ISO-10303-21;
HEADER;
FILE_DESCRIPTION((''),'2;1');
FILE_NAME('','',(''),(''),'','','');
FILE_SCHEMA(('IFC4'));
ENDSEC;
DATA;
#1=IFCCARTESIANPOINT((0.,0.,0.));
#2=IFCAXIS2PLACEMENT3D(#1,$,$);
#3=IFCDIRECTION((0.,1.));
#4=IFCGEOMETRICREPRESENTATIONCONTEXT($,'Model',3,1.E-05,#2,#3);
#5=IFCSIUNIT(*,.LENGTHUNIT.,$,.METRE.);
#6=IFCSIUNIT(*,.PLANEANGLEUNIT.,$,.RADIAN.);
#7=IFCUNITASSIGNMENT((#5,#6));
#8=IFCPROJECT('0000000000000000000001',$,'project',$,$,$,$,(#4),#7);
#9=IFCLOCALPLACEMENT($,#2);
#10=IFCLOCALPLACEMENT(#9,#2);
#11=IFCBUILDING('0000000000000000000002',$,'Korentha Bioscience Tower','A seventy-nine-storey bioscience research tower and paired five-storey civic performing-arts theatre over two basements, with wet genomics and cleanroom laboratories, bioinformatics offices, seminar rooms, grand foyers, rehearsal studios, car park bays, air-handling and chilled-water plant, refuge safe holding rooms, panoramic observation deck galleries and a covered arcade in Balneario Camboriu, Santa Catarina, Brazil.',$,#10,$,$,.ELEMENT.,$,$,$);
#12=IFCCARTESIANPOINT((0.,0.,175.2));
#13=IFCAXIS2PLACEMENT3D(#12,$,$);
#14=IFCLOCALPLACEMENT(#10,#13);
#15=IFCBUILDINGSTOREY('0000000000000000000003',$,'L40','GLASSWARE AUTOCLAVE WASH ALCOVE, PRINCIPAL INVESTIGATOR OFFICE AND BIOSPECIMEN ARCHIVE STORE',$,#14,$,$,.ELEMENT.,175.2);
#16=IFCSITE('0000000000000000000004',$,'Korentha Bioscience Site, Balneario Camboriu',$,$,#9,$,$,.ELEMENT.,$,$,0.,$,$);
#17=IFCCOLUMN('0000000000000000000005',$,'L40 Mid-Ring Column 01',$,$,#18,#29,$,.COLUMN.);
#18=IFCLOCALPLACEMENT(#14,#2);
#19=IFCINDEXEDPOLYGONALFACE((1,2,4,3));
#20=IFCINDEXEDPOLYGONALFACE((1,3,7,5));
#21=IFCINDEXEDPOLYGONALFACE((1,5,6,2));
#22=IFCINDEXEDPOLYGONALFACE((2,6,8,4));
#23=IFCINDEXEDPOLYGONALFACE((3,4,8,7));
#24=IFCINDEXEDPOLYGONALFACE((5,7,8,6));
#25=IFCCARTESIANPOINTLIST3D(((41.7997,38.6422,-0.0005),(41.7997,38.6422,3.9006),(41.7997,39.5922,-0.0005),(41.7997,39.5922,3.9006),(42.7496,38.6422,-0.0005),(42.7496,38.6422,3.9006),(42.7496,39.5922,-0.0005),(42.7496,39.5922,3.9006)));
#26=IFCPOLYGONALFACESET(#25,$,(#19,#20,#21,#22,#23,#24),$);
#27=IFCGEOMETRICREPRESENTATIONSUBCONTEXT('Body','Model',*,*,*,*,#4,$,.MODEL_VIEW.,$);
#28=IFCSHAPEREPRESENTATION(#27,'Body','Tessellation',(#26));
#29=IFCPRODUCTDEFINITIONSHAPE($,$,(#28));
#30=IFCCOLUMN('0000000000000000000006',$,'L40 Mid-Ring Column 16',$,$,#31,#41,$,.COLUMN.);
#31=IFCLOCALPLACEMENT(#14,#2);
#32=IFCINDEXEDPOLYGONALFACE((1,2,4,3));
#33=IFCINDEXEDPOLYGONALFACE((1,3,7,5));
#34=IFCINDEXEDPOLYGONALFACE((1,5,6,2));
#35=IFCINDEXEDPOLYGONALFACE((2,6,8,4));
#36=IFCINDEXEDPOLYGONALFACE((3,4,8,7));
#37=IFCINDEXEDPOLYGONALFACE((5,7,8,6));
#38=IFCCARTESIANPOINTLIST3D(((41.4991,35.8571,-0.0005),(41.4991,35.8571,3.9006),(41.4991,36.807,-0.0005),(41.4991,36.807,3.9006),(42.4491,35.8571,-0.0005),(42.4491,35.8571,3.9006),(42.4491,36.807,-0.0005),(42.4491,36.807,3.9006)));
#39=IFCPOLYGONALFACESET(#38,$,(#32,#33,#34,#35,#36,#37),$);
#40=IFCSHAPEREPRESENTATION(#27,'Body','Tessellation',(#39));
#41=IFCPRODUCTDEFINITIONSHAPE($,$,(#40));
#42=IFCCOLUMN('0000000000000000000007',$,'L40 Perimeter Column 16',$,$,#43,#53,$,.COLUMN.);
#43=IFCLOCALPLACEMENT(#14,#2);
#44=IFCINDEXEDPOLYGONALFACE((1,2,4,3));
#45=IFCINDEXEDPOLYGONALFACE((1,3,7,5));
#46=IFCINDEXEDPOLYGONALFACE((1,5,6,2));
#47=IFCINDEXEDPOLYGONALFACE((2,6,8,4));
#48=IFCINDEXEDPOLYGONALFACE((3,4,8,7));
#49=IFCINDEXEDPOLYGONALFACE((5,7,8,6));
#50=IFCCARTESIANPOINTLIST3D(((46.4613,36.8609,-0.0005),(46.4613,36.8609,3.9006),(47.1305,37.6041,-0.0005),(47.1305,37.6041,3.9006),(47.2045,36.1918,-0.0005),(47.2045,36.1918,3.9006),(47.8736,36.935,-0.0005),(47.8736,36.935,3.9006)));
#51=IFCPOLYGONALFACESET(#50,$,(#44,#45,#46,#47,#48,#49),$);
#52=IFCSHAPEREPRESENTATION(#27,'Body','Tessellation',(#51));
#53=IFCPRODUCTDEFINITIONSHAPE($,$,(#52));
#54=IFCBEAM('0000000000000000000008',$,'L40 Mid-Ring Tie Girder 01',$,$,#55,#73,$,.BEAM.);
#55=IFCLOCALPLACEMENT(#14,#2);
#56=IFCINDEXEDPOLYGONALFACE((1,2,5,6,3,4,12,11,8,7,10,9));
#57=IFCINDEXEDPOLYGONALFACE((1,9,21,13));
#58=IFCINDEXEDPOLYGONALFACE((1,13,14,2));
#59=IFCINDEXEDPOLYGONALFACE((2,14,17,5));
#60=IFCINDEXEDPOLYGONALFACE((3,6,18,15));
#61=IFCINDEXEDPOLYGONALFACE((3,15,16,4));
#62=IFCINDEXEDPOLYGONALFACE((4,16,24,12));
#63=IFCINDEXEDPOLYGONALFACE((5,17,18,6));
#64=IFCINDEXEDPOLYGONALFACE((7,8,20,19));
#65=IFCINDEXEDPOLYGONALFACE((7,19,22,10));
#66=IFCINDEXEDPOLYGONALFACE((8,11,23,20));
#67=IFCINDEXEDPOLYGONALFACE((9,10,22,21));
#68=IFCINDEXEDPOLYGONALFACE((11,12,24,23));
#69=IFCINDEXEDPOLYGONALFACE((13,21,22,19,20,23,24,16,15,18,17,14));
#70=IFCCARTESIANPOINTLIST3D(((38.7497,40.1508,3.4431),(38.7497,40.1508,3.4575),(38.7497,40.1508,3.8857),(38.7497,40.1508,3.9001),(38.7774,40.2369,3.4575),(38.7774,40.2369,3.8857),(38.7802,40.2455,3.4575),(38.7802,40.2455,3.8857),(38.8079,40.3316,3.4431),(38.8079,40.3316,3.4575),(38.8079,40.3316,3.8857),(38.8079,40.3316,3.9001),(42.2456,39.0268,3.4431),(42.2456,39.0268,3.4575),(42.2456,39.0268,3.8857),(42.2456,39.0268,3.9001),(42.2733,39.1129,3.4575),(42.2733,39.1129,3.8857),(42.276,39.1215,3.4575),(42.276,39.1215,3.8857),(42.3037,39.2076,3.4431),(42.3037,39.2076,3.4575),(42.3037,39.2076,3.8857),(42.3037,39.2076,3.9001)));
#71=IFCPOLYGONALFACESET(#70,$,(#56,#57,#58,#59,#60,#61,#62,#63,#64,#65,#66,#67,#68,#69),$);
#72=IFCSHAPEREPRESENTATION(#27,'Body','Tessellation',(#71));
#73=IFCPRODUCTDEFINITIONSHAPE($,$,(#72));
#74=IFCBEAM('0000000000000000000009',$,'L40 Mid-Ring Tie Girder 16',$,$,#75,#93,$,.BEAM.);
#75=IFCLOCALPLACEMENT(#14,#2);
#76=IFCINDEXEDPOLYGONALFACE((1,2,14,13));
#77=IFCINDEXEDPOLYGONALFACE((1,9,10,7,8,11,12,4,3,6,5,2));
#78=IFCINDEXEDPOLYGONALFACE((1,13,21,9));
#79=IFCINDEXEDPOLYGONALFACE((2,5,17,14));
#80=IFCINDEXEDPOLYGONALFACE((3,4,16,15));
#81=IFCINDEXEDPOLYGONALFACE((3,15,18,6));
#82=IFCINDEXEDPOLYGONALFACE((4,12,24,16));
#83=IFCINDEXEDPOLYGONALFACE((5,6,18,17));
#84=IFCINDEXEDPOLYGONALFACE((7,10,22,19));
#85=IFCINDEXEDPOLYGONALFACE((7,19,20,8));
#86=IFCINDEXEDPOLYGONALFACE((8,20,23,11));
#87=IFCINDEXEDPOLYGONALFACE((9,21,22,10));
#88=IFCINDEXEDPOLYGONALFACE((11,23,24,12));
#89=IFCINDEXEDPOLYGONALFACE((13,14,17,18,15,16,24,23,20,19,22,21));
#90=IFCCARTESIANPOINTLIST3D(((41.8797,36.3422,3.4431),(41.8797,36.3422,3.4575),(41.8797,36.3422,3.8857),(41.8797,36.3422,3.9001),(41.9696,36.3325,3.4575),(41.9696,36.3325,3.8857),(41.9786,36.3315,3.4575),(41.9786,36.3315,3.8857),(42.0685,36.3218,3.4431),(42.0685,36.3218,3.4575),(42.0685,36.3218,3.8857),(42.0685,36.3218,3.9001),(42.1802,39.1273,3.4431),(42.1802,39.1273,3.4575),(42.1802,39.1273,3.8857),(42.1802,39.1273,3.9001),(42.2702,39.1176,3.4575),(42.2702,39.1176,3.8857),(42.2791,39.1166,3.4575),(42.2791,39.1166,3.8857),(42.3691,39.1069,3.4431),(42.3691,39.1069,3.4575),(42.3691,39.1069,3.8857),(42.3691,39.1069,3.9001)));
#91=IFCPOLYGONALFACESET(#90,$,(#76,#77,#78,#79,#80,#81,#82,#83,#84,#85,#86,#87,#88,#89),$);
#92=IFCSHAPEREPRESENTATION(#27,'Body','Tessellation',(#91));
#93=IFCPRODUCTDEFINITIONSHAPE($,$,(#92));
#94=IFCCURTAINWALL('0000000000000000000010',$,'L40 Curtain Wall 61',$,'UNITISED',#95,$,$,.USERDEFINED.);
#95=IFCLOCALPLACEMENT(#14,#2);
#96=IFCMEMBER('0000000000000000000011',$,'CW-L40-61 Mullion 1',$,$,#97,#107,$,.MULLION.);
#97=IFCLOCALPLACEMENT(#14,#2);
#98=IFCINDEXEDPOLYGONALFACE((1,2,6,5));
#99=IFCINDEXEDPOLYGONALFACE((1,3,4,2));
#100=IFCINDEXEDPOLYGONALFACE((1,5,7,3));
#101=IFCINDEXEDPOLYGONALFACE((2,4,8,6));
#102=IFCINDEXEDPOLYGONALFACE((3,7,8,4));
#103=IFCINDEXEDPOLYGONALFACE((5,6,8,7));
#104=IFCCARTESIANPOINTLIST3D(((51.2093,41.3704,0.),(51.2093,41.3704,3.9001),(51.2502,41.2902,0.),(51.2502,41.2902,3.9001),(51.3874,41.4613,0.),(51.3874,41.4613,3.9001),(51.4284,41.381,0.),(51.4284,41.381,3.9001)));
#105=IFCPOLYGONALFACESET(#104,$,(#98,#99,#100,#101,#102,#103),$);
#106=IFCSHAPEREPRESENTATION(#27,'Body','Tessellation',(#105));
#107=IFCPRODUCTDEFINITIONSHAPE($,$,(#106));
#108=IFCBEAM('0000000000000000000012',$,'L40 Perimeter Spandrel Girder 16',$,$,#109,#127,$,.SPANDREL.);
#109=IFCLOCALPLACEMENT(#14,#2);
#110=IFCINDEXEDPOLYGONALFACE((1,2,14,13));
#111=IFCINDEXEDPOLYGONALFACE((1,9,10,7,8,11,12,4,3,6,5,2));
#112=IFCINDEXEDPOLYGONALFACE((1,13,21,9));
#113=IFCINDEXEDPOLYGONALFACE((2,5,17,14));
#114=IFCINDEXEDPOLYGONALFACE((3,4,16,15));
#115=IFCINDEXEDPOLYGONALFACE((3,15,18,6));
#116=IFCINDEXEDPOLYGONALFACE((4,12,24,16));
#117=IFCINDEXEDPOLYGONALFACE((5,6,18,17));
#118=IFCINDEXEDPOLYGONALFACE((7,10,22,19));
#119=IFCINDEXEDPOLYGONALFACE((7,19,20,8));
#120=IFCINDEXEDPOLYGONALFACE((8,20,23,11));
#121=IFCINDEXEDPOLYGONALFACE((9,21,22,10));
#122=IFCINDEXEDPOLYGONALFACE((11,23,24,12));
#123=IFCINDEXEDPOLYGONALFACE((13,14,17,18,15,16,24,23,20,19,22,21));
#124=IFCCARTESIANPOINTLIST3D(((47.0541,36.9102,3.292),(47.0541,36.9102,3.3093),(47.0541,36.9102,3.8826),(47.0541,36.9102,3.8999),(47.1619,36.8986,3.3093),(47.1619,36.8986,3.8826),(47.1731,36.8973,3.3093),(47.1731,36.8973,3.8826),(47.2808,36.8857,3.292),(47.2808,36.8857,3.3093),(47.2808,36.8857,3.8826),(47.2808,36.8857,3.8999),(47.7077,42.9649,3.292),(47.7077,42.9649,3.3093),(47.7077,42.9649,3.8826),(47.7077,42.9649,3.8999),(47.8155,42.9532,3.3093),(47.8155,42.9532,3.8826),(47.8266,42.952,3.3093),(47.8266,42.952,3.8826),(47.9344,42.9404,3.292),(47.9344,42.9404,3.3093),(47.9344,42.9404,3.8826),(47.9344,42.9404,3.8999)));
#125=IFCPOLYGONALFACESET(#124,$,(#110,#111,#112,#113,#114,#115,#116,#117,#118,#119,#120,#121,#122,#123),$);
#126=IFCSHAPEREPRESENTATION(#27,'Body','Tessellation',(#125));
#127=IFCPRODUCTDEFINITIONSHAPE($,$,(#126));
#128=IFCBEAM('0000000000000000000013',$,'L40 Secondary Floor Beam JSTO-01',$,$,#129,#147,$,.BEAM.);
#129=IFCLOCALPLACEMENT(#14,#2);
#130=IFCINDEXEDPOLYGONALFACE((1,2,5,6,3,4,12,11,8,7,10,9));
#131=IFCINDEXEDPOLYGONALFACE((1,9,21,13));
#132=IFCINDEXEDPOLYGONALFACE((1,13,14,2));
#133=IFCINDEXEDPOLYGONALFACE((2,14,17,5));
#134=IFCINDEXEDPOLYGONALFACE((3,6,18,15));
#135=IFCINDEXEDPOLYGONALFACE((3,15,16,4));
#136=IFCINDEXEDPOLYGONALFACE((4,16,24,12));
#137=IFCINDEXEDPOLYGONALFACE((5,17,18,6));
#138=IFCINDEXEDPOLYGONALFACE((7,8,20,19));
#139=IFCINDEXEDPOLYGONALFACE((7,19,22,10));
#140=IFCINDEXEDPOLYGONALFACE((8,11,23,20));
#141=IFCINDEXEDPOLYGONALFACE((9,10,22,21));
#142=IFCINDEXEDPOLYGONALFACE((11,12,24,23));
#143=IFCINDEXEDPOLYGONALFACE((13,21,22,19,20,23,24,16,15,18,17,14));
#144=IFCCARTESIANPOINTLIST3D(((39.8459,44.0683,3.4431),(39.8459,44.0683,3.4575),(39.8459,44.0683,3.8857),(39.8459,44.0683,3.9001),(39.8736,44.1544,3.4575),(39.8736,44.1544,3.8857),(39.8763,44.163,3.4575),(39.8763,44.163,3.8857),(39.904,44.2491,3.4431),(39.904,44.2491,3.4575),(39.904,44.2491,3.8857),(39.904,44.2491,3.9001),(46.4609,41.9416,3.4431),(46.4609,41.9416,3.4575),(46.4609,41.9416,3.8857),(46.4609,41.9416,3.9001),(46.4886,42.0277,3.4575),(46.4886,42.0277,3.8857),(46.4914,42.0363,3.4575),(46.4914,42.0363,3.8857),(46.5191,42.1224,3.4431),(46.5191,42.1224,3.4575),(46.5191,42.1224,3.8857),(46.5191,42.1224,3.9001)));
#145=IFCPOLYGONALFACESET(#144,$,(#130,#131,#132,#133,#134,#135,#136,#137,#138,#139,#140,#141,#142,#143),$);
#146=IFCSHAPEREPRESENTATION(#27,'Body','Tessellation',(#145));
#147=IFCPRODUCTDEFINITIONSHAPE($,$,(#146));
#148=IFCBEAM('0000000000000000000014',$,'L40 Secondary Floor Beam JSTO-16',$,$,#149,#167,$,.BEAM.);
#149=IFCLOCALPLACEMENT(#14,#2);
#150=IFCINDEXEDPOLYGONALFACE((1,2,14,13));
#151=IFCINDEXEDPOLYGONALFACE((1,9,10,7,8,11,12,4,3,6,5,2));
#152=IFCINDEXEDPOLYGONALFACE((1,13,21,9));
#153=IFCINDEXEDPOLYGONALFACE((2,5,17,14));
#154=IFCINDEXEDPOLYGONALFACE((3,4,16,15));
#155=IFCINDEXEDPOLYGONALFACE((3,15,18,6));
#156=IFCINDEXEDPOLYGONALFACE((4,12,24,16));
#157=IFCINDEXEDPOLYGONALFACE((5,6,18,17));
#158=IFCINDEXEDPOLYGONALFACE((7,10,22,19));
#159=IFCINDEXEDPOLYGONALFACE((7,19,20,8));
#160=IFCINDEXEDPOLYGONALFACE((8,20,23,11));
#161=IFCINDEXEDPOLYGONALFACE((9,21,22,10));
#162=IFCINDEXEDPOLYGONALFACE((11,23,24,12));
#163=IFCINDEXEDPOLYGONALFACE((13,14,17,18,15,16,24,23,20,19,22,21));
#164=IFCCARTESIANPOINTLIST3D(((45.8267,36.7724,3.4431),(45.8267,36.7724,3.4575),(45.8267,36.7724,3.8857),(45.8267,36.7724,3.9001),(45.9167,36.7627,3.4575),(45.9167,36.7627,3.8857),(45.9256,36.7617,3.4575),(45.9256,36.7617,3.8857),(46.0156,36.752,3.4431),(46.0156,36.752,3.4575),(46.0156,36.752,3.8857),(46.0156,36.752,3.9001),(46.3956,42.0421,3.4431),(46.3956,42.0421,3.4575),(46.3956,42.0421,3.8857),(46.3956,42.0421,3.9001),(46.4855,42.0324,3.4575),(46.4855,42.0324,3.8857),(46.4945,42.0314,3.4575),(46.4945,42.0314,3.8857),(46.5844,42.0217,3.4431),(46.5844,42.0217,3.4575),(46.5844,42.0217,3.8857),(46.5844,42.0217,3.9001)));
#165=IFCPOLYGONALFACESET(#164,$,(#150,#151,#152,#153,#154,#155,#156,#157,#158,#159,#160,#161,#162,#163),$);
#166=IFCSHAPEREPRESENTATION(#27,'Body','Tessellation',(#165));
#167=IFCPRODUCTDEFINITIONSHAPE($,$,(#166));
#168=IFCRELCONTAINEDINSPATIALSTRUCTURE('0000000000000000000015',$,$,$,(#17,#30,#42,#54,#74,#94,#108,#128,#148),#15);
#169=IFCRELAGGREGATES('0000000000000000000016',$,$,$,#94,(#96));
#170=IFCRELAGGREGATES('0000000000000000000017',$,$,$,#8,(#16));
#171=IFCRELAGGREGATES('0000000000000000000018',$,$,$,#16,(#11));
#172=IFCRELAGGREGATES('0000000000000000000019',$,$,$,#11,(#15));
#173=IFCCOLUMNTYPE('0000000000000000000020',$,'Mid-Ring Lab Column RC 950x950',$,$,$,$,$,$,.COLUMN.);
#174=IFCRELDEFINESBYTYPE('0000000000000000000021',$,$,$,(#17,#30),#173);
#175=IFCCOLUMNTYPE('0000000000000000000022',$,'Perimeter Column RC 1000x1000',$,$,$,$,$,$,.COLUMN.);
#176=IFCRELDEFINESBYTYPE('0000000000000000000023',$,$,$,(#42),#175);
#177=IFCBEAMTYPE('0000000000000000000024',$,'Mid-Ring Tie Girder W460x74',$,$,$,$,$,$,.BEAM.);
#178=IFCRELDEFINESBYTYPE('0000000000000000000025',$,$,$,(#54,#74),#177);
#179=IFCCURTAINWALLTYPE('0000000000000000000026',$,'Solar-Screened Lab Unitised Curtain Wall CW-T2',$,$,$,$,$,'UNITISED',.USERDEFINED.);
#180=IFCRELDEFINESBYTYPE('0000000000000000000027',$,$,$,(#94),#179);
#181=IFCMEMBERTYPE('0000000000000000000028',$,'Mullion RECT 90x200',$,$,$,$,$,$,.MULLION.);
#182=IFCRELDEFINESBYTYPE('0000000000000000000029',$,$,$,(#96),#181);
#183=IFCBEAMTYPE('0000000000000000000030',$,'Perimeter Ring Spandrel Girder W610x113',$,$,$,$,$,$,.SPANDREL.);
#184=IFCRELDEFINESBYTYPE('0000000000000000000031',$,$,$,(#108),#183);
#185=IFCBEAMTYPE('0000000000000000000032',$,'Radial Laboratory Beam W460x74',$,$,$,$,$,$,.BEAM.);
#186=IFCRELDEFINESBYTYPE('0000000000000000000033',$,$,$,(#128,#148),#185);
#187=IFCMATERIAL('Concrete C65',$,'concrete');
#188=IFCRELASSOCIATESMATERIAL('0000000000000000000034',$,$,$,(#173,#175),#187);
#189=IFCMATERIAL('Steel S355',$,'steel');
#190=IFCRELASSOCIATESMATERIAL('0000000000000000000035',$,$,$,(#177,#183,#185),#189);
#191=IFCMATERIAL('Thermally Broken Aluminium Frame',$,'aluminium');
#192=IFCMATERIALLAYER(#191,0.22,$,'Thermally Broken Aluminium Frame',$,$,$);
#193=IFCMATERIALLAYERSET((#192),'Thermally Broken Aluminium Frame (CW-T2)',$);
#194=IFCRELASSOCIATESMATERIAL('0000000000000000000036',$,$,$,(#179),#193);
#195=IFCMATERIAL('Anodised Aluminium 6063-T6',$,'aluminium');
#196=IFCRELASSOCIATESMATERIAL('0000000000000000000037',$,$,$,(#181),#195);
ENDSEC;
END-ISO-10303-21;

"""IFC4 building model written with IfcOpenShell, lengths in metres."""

from ifc_helpers import new_model, si_unit, direction, frame, origin, origin_2d, place, context, subcontext, project, spatial, rectangle, i_section, extrude, material, layer, layer_set, material_profile, profile_set, type_object, element, aggregate, save


model = new_model("IFC4")

# Units and contexts
model_context = context("Model", 3, precision=1e-05, world=origin(), true_north=direction((0.0, 1.0)))
body_context = subcontext(model_context, "Body", "Model", "MODEL_VIEW")
ifc_project = project(units=[si_unit("LENGTHUNIT", "METRE"), si_unit("PLANEANGLEUNIT", "RADIAN")], contexts=[model_context])

# Site, building, storey
site_placement = place(None, origin())
site = spatial("IfcSite", under=ifc_project, at=site_placement, Name="Korentha Bioscience Site, Balneario Camboriu", CompositionType="ELEMENT", RefElevation=0.0)
building_placement = place(site_placement, origin())
building = spatial("IfcBuilding", under=site, at=building_placement, Name="Korentha Bioscience Tower", Description="A seventy-nine-storey bioscience research tower and paired five-storey civic performing-arts theatre over two basements, with wet genomics and cleanroom laboratories, bioinformatics offices, seminar rooms, grand foyers, rehearsal studios, car park bays, air-handling and chilled-water plant, refuge safe holding rooms, panoramic observation deck galleries and a covered arcade in Balneario Camboriu, Santa Catarina, Brazil.", CompositionType="ELEMENT")
storey_placement = place(building_placement, frame((0.0, 0.0, 175.2)))
storey = spatial("IfcBuildingStorey", under=building, at=storey_placement, Name="L40", Description="GLASSWARE AUTOCLAVE WASH ALCOVE, PRINCIPAL INVESTIGATOR OFFICE AND BIOSPECIMEN ARCHIVE STORE", CompositionType="ELEMENT", Elevation=175.2)

# Columns
ifc_material_1 = material(Name="Concrete C65", Category="concrete")
ifc_material_profile_1 = material_profile(ifc_material_1, rectangle(XDim=0.95, YDim=0.95, at=origin_2d()), Name="Concrete C65")
ifc_profile_set_1 = profile_set([ifc_material_profile_1], Name="Concrete C65 (COL-MR09)")
column_type_1 = type_object("IfcColumnType", Name="Mid-Ring Lab Column RC 950x950", PredefinedType="COLUMN", material=ifc_profile_set_1)
for number, where, z_axis, x_axis, name in (
    (1, (42.2747, 39.1172, -0.0005), (0.0, 0.0, 1.0), (1.0, 0.0, 0.0), "L40 Mid-Ring Column 01"),
    (2, (41.9741, 36.332, -0.0005), (0.0, 0.0, 1.0), (1.0, 0.0, 0.0), "L40 Mid-Ring Column 16"),
):
    element("IfcColumn", number, at=place(storey_placement, frame(where, z_axis=z_axis, x_axis=x_axis)), inside=storey, type_object=column_type_1, Name=name, PredefinedType="COLUMN", context=body_context, shape_type="SweptSolid", body=[
        extrude(rectangle(XDim=0.95, YDim=0.95, at=origin_2d()), origin(), (0.0, 0.0, 1.0), 3.9011),
    ])
ifc_material_profile_2 = material_profile(ifc_material_1, rectangle(XDim=1.0, YDim=1.0, at=origin_2d()), Name="Concrete C65")
ifc_profile_set_2 = profile_set([ifc_material_profile_2], Name="Concrete C65 (COL-P10)")
column_type_2 = type_object("IfcColumnType", Name="Perimeter Column RC 1000x1000", PredefinedType="COLUMN", material=ifc_profile_set_2)
column_placement = place(storey_placement, frame((47.1675, 36.8979, -0.0005), z_axis=(0.0, 0.0, 1.0), x_axis=(0.669131, 0.743145, 0.0)))
element("IfcColumn", 3, at=column_placement, inside=storey, type_object=column_type_2, Name="L40 Perimeter Column 16", PredefinedType="COLUMN", context=body_context, shape_type="SweptSolid", body=[
    extrude(rectangle(XDim=1.0, YDim=1.0, at=origin_2d()), origin(), (0.0, 0.0, 1.0), 3.9011),
])

# Beams
ifc_material_2 = material(Name="Steel S355", Category="steel")
ifc_material_profile_3 = material_profile(ifc_material_2, i_section(OverallWidth=0.1899, OverallDepth=0.457, WebThickness=0.009, FlangeThickness=0.0144, at=origin_2d()), Name="Steel S355")
ifc_profile_set_3 = profile_set([ifc_material_profile_3], Name="Steel S355 (MB-460)")
beam_type_1 = type_object("IfcBeamType", Name="Mid-Ring Tie Girder W460x74", PredefinedType="BEAM", material=ifc_profile_set_3)
beam_1_placement = place(storey_placement, frame((42.2747, 39.1172, 3.6716), z_axis=(-0.952, 0.306097, 0.0), x_axis=(-0.306097, -0.952, 0.0)))
element("IfcBeam", 4, at=beam_1_placement, inside=storey, type_object=beam_type_1, Name="L40 Mid-Ring Tie Girder 01", PredefinedType="BEAM", context=body_context, shape_type="SweptSolid", body=[
    extrude(i_section(OverallWidth=0.1899, OverallDepth=0.457, WebThickness=0.009, FlangeThickness=0.0144, at=origin_2d()), origin(), (0.0, 0.0, 1.0), 3.6721),
])
beam_2_placement = place(storey_placement, frame((41.9741, 36.332, 3.6716), z_axis=(0.107284, 0.994228, 0.0), x_axis=(-0.994228, 0.107284, 0.0)))
element("IfcBeam", 5, at=beam_2_placement, inside=storey, type_object=beam_type_1, Name="L40 Mid-Ring Tie Girder 16", PredefinedType="BEAM", context=body_context, shape_type="SweptSolid", body=[
    extrude(i_section(OverallWidth=0.1899, OverallDepth=0.457, WebThickness=0.009, FlangeThickness=0.0144, at=origin_2d()), origin(), (0.0, 0.0, 1.0), 2.8013),
])

# Curtain wall, member
ifc_material_3 = material(Name="Thermally Broken Aluminium Frame", Category="aluminium")
ifc_layer_1 = layer(ifc_material_3, 0.22, Name="Thermally Broken Aluminium Frame")
ifc_layer_set_1 = layer_set([ifc_layer_1], Name="Thermally Broken Aluminium Frame (CW-T2)")
curtain_wall_type = type_object("IfcCurtainWallType", Name="Solar-Screened Lab Unitised Curtain Wall CW-T2", ElementType="UNITISED", PredefinedType="USERDEFINED", material=ifc_layer_set_1)
curtain_wall_placement = place(storey_placement, origin())
curtain_wall = element("IfcCurtainWall", 6, at=curtain_wall_placement, inside=storey, type_object=curtain_wall_type, Name="L40 Curtain Wall 61", ObjectType="UNITISED", PredefinedType="USERDEFINED")
ifc_material_4 = material(Name="Anodised Aluminium 6063-T6", Category="aluminium")
ifc_material_profile_4 = material_profile(ifc_material_4, rectangle(XDim=0.0901, YDim=0.2, at=origin_2d()), Name="Anodised Aluminium 6063-T6")
ifc_profile_set_4 = profile_set([ifc_material_profile_4], Name="Anodised Aluminium 6063-T6 (CW-MUL)")
member_type_1 = type_object("IfcMemberType", Name="Mullion RECT 90x200", PredefinedType="MULLION", material=ifc_profile_set_4)
member_1_placement = place(storey_placement, frame((51.3188, 41.3757, 0.0), z_axis=(0.0, 0.0, 1.0), x_axis=(-0.454288, 0.890855, 0.0)))
member_1 = element("IfcMember", 7, at=member_1_placement, type_object=member_type_1, Name="CW-L40-61 Mullion 1", PredefinedType="MULLION", context=body_context, shape_type="SweptSolid", body=[
    extrude(rectangle(XDim=0.0901, YDim=0.2, at=origin_2d()), origin(), (0.0, 0.0, 1.0), 3.9001),
])

# Beams
ifc_material_profile_5 = material_profile(ifc_material_2, i_section(OverallWidth=0.228, OverallDepth=0.6079, WebThickness=0.0112, FlangeThickness=0.0173, at=origin_2d()), Name="Steel S355")
ifc_profile_set_5 = profile_set([ifc_material_profile_5], Name="Steel S355 (SB-610)")
beam_type_2 = type_object("IfcBeamType", Name="Perimeter Ring Spandrel Girder W610x113", PredefinedType="SPANDREL", material=ifc_profile_set_5)
beam_3_placement = place(storey_placement, frame((47.1675, 36.8979, 3.5959), z_axis=(0.10732, 0.994225, 0.0), x_axis=(-0.994225, 0.10732, 0.0)))
element("IfcBeam", 8, at=beam_3_placement, inside=storey, type_object=beam_type_2, Name="L40 Perimeter Spandrel Girder 16", PredefinedType="SPANDREL", context=body_context, shape_type="SweptSolid", body=[
    extrude(i_section(OverallWidth=0.228, OverallDepth=0.6079, WebThickness=0.0112, FlangeThickness=0.0173, at=origin_2d()), origin(), (0.0, 0.0, 1.0), 6.0898),
])
ifc_material_profile_6 = material_profile(ifc_material_2, i_section(OverallWidth=0.1899, OverallDepth=0.457, WebThickness=0.009, FlangeThickness=0.0144, at=origin_2d()), Name="Steel S355")
ifc_profile_set_6 = profile_set([ifc_material_profile_6], Name="Steel S355 (RB-460)")
beam_type_3 = type_object("IfcBeamType", Name="Radial Laboratory Beam W460x74", PredefinedType="BEAM", material=ifc_profile_set_6)
beam_4_placement = place(storey_placement, frame((46.49, 42.032, 3.6716), z_axis=(-0.952009, 0.306069, 0.0), x_axis=(-0.306069, -0.952009, 0.0)))
element("IfcBeam", 9, at=beam_4_placement, inside=storey, type_object=beam_type_3, Name="L40 Secondary Floor Beam JSTO-01", PredefinedType="BEAM", context=body_context, shape_type="SweptSolid", body=[
    extrude(i_section(OverallWidth=0.1899, OverallDepth=0.457, WebThickness=0.009, FlangeThickness=0.0144, at=origin_2d()), origin(), (0.0, 0.0, 1.0), 6.9485),
])
beam_5_placement = place(storey_placement, frame((45.9211, 36.7622, 3.6716), z_axis=(0.107322, 0.994224, 0.0), x_axis=(-0.994224, 0.107322, 0.0)))
element("IfcBeam", 10, at=beam_5_placement, inside=storey, type_object=beam_type_3, Name="L40 Secondary Floor Beam JSTO-16", PredefinedType="BEAM", context=body_context, shape_type="SweptSolid", body=[
    extrude(i_section(OverallWidth=0.1899, OverallDepth=0.457, WebThickness=0.009, FlangeThickness=0.0144, at=origin_2d()), origin(), (0.0, 0.0, 1.0), 5.3003),
])

aggregate(curtain_wall, [member_1])

save(model, "model.ifc")
